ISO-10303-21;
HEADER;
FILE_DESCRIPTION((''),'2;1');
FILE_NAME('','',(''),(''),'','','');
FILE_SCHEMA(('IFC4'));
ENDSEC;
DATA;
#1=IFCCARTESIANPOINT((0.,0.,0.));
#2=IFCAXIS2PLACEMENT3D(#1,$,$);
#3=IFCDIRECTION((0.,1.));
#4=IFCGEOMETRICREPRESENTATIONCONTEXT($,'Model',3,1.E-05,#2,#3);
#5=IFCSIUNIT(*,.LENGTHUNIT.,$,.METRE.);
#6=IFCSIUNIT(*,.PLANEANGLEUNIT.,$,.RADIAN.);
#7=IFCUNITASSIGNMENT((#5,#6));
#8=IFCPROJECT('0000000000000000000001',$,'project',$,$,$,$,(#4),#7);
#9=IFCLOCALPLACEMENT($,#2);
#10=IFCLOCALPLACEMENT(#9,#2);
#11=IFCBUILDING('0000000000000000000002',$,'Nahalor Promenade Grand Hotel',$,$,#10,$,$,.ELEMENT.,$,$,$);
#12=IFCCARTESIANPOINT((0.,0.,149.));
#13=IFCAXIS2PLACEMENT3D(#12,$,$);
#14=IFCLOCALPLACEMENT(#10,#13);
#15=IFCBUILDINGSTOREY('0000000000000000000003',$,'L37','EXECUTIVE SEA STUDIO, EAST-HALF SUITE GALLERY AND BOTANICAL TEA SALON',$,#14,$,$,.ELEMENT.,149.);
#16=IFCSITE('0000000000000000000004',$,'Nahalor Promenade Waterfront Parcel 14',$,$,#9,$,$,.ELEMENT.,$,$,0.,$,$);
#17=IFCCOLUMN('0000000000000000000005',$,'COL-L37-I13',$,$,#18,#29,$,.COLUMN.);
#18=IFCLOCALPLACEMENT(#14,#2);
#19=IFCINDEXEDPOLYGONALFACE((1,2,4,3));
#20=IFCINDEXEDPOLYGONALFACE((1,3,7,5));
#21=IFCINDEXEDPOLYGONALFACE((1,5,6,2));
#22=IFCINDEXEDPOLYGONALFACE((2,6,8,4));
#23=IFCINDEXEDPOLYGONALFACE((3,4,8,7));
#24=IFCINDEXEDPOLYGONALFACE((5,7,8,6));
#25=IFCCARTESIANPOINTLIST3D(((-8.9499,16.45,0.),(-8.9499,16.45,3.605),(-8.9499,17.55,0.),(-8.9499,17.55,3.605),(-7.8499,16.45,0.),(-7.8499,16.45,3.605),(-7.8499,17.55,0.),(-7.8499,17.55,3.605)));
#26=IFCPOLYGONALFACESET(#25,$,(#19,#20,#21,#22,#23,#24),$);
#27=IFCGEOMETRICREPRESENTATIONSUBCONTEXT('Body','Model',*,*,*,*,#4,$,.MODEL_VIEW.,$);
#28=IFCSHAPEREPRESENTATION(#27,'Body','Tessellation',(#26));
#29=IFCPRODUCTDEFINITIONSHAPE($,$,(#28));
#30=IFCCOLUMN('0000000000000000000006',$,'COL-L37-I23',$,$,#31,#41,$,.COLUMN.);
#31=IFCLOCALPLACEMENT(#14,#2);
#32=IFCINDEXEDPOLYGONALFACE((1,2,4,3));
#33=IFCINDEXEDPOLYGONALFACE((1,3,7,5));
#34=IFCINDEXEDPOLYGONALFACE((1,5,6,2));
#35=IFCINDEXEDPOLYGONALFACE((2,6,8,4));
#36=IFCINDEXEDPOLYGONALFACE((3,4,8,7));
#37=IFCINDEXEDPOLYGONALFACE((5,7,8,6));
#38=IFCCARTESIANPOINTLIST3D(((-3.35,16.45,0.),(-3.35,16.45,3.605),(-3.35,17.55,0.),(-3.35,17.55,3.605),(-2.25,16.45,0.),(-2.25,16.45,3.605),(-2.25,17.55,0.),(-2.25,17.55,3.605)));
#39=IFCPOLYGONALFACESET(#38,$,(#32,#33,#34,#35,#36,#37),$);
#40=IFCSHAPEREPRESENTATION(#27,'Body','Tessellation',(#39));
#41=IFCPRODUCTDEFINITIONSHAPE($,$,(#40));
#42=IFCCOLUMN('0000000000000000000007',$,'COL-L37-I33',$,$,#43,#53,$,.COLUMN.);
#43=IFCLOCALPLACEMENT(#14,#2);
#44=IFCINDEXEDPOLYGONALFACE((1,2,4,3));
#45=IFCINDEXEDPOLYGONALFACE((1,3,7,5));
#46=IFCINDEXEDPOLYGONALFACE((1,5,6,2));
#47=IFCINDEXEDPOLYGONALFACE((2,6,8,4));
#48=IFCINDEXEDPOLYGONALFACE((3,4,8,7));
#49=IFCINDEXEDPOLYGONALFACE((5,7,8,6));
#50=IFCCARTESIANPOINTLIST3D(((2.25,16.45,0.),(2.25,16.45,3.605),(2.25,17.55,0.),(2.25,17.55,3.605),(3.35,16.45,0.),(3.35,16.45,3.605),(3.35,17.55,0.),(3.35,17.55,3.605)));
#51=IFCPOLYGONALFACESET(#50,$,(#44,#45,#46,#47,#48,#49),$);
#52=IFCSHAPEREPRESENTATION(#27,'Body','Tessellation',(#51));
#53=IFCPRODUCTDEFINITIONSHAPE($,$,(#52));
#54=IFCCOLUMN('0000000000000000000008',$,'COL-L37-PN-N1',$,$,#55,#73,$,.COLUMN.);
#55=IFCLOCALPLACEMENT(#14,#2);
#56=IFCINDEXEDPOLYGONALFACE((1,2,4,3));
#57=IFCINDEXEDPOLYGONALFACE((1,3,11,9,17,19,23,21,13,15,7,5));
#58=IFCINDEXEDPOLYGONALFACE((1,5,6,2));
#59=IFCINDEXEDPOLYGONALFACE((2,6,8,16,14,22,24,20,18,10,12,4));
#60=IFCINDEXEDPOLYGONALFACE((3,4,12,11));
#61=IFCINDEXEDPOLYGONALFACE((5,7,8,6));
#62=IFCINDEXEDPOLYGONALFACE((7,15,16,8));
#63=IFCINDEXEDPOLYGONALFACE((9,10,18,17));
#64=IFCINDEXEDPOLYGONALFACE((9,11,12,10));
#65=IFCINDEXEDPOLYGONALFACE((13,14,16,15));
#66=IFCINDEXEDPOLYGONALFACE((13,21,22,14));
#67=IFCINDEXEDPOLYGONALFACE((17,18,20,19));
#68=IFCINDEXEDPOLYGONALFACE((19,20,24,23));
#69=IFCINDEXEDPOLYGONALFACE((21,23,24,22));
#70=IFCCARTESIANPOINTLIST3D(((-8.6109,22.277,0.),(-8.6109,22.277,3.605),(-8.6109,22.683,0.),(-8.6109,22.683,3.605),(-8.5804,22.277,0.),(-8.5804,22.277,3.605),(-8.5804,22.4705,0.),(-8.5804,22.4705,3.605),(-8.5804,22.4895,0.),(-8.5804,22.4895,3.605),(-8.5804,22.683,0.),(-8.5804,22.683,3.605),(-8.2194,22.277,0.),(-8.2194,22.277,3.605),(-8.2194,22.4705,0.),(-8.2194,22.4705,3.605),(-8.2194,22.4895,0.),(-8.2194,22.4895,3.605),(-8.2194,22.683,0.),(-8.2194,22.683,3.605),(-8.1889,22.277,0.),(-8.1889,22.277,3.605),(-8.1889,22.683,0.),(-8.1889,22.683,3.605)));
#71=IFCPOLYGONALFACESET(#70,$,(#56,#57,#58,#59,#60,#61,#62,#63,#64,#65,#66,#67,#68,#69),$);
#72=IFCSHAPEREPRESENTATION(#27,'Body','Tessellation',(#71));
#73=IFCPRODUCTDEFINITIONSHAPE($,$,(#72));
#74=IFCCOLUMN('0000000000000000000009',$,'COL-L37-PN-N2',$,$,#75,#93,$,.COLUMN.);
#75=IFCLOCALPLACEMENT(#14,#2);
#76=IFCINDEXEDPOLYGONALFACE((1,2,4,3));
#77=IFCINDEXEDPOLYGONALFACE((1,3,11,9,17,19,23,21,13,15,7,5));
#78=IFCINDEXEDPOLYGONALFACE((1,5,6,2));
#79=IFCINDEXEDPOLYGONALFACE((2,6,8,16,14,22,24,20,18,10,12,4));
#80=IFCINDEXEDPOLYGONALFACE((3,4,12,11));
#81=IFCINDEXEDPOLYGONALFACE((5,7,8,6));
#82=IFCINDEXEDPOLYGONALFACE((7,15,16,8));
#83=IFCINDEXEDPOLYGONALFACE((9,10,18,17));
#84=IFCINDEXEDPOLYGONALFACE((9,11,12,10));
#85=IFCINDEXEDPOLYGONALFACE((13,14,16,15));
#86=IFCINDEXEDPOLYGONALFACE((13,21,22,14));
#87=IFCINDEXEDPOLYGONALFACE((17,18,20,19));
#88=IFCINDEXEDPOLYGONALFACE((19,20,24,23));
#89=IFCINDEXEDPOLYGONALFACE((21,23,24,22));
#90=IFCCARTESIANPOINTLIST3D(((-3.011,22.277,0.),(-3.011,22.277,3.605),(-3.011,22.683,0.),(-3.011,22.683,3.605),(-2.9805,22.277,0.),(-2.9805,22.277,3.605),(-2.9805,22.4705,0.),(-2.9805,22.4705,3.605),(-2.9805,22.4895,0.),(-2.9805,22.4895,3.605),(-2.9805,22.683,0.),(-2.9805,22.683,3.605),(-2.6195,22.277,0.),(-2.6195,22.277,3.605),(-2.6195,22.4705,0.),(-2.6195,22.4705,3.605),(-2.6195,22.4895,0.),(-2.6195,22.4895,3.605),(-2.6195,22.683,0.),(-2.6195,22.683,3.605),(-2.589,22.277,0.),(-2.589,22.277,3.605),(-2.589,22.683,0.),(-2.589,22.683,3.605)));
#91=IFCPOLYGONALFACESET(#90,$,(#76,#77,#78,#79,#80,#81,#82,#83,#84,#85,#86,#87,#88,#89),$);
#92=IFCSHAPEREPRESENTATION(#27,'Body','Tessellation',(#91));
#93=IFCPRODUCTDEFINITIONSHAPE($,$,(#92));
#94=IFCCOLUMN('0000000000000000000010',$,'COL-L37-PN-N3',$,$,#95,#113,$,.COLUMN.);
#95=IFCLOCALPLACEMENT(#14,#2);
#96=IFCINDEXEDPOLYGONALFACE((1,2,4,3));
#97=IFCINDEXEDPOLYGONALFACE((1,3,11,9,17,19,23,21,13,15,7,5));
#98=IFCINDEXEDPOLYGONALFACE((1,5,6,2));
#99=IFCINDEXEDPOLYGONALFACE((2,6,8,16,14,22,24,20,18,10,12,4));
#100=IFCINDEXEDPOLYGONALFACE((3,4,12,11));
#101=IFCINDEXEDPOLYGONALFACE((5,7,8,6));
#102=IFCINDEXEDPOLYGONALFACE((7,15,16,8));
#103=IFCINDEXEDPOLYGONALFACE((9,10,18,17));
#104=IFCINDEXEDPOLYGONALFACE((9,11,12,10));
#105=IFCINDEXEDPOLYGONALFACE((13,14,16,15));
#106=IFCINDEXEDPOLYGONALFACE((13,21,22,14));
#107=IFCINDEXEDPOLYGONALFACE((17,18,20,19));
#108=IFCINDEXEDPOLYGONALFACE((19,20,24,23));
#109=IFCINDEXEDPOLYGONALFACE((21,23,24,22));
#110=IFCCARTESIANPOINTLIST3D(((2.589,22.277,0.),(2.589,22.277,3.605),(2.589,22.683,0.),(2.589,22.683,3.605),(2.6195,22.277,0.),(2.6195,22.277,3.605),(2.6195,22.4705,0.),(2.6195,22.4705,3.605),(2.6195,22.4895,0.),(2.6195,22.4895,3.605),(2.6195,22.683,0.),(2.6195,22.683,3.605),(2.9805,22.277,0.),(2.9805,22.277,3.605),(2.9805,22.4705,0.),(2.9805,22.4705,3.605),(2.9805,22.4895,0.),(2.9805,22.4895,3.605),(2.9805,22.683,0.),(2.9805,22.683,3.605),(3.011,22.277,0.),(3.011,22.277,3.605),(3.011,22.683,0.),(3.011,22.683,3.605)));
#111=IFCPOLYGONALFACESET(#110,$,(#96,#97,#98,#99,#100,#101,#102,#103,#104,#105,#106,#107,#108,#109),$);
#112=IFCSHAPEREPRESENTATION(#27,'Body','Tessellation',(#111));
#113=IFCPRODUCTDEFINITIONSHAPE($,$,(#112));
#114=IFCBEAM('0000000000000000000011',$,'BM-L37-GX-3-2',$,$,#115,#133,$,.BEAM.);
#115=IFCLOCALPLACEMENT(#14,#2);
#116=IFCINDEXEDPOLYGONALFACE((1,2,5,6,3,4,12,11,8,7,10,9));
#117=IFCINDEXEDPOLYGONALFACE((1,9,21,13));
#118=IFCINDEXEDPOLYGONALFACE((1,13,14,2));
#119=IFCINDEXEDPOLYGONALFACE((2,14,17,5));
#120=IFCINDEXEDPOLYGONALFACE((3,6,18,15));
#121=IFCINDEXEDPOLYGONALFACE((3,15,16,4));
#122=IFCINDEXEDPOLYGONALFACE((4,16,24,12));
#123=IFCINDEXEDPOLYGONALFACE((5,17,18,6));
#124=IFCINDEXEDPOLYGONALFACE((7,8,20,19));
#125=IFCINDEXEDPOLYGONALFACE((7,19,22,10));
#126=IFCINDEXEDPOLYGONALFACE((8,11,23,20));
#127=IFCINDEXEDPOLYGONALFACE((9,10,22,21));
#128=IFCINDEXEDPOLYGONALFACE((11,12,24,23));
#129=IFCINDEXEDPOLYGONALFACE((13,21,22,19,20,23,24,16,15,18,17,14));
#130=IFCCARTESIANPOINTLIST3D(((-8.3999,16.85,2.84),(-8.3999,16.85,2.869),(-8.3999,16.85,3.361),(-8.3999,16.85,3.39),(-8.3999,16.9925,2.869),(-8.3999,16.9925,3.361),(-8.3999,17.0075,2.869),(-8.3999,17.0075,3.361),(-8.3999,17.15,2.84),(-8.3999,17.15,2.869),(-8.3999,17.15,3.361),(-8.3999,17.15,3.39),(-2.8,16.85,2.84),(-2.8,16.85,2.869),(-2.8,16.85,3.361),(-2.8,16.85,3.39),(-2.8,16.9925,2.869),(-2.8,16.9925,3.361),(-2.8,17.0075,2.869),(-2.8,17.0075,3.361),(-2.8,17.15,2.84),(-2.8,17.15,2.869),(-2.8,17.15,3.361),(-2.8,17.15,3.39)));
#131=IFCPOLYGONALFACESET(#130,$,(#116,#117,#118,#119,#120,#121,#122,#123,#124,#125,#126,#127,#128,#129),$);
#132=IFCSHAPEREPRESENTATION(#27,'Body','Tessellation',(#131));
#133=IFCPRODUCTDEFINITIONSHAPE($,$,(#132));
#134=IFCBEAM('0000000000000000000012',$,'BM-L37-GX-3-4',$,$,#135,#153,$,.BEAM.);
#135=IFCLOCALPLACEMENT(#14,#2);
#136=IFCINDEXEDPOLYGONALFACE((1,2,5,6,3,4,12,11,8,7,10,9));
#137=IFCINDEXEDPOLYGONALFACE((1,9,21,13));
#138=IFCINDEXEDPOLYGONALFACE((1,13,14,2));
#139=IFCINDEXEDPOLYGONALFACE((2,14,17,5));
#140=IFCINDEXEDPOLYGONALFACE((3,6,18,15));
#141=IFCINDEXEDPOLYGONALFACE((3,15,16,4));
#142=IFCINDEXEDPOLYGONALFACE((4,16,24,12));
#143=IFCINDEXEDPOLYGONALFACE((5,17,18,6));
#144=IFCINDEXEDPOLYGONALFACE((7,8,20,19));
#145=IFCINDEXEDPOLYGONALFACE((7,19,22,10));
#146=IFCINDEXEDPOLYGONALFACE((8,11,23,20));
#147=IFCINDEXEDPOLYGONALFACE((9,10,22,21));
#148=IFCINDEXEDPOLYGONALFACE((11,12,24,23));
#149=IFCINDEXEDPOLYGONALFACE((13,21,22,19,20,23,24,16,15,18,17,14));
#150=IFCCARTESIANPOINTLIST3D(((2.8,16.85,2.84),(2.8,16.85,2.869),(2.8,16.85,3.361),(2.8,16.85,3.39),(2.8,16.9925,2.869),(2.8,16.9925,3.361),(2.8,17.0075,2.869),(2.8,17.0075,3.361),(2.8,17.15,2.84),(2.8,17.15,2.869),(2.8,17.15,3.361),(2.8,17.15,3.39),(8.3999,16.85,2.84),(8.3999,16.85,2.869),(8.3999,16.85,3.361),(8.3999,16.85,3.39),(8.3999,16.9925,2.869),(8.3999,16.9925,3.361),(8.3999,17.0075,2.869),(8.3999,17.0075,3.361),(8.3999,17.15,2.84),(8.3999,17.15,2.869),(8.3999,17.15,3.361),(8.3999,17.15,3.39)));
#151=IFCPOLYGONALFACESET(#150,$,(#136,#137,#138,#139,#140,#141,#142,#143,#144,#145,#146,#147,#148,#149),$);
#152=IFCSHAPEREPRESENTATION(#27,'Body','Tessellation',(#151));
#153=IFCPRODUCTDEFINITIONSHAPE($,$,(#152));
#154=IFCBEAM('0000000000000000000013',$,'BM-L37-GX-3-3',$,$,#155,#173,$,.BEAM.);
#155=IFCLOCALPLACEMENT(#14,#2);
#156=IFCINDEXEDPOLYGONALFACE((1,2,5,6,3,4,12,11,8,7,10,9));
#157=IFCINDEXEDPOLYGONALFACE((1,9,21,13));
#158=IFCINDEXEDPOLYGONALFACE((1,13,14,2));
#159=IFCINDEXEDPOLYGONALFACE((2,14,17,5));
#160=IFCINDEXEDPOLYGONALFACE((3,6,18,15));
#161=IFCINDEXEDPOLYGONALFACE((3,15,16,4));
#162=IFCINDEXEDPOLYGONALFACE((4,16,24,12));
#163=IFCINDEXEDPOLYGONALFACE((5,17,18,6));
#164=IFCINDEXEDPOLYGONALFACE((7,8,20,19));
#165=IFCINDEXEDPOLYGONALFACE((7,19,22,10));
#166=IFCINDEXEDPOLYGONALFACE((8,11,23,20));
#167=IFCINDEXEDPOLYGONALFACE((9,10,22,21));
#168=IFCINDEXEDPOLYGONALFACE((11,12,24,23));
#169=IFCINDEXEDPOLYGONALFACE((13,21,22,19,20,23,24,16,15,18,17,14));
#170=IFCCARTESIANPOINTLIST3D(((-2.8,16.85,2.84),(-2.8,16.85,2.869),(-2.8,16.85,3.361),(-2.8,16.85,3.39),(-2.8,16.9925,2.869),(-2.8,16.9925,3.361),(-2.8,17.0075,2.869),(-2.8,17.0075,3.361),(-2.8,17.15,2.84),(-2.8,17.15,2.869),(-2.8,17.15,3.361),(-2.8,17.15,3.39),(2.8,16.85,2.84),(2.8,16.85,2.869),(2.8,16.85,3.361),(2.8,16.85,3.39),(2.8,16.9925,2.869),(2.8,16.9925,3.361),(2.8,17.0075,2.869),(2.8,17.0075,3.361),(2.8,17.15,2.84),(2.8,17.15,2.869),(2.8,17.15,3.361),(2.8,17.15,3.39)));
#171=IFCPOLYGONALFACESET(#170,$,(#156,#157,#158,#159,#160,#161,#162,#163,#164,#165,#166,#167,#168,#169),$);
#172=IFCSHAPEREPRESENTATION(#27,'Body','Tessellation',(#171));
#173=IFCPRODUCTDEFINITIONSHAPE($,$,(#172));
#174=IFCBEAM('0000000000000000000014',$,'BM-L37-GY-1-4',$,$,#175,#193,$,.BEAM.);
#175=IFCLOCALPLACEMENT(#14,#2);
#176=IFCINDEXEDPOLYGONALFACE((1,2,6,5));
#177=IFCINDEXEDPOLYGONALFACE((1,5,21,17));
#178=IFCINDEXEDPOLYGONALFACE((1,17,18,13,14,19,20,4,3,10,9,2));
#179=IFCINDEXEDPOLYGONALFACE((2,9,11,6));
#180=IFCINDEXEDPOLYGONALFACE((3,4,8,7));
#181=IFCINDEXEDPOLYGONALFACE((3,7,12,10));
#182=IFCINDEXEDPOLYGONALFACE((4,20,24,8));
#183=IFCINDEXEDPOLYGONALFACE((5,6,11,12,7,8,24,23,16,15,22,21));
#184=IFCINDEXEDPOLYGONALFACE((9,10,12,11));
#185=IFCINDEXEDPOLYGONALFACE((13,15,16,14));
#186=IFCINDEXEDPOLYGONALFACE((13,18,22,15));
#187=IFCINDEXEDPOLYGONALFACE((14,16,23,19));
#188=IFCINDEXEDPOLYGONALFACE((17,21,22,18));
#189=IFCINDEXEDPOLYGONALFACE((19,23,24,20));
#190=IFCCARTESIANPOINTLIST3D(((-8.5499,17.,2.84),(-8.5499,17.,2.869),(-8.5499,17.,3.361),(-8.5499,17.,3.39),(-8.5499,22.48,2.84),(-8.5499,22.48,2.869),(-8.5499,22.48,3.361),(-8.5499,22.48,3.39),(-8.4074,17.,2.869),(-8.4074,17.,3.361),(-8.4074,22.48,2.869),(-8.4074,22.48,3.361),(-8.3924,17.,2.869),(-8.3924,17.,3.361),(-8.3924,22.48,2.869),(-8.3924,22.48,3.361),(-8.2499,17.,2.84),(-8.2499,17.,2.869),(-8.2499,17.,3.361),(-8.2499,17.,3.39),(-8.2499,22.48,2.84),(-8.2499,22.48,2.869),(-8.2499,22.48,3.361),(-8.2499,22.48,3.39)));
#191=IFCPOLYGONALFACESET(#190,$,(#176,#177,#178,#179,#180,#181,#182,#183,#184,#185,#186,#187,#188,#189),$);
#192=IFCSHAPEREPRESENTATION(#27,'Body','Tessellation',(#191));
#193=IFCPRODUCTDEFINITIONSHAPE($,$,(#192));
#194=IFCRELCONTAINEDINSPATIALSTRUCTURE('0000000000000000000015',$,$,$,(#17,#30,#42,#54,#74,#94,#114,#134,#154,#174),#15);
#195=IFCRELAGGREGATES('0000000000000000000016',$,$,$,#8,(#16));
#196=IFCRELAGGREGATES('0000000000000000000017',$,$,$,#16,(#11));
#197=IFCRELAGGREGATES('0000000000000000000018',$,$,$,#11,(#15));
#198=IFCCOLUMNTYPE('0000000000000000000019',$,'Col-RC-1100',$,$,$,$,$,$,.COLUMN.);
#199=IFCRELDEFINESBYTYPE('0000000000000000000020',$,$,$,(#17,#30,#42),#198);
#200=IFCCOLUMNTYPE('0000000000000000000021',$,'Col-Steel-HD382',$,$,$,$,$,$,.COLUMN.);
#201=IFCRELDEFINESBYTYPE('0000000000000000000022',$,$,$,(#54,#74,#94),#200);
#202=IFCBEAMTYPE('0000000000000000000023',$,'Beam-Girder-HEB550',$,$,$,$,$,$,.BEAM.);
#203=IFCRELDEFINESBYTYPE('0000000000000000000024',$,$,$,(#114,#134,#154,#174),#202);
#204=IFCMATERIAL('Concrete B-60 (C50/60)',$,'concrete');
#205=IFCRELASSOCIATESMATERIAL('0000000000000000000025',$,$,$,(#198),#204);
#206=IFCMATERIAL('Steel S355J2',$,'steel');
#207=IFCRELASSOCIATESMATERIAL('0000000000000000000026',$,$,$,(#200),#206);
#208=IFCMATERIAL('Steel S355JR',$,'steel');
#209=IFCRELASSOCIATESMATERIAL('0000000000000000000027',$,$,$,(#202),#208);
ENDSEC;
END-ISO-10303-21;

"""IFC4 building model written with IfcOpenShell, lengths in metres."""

from ifc_helpers import new_model, si_unit, direction, frame, origin, origin_2d, place, context, subcontext, project, spatial, rectangle, i_section, extrude, source, transform, mapped, material, material_profile, profile_set, type_object, element, save


model = new_model("IFC4")

# Units and contexts
model_context = context("Model", 3, precision=1e-05, world=origin(), true_north=direction((0.0, 1.0)))
body_context = subcontext(model_context, "Body", "Model", "MODEL_VIEW")
ifc_project = project(units=[si_unit("LENGTHUNIT", "METRE"), si_unit("PLANEANGLEUNIT", "RADIAN")], contexts=[model_context])

# Site, building, storey
site_placement = place(None, origin())
site = spatial("IfcSite", under=ifc_project, at=site_placement, Name="Nahalor Promenade Waterfront Parcel 14", CompositionType="ELEMENT", RefElevation=0.0)
building_placement = place(site_placement, origin())
building = spatial("IfcBuilding", under=site, at=building_placement, Name="Nahalor Promenade Grand Hotel", CompositionType="ELEMENT")
storey_placement = place(building_placement, frame((0.0, 0.0, 149.0)))
storey = spatial("IfcBuildingStorey", under=building, at=storey_placement, Name="L37", Description="EXECUTIVE SEA STUDIO, EAST-HALF SUITE GALLERY AND BOTANICAL TEA SALON", CompositionType="ELEMENT", Elevation=149.0)

# Columns
ifc_material_1 = material(Name="Concrete B-60 (C50/60)", Category="concrete")
ifc_material_profile_1 = material_profile(ifc_material_1, rectangle(XDim=1.1, YDim=1.1, at=origin_2d()), Name="RC 1100x1100")
ifc_profile_set_1 = profile_set([ifc_material_profile_1], Name="Concrete B-60 (C50/60)")
column_type_1 = type_object("IfcColumnType", Name="Col-RC-1100", PredefinedType="COLUMN", material=ifc_profile_set_1)
shared_shape_1 = source(origin(), body_context, "Body", "SweptSolid", [
    extrude(rectangle(XDim=1.1, YDim=1.1, at=origin_2d()), origin(), (0.0, 0.0, 1.0), 3.605),
])
for number, where, z_axis, x_axis, name in (
    (1, (-8.3999, 17.0, 0.0), (0.0, 0.0, 1.0), (1.0, 0.0, 0.0), "COL-L37-I13"),
    (2, (-2.8, 17.0, 0.0), (0.0, 0.0, 1.0), (1.0, 0.0, 0.0), "COL-L37-I23"),
    (3, (2.8, 17.0, 0.0), (0.0, 0.0, 1.0), (1.0, 0.0, 0.0), "COL-L37-I33"),
):
    element("IfcColumn", number, at=place(storey_placement, frame(where, z_axis=z_axis, x_axis=x_axis)), inside=storey, type_object=column_type_1, Name=name, PredefinedType="COLUMN", context=body_context, shape_type="MappedRepresentation", body=[
        mapped(shared_shape_1, transform((0.0, 0.0, 0.0), scale=1.0)),
    ])
ifc_material_2 = material(Name="Steel S355J2", Category="steel")
ifc_material_profile_2 = material_profile(ifc_material_2, i_section(OverallWidth=0.406, OverallDepth=0.422, WebThickness=0.019, FlangeThickness=0.0305, at=origin_2d()), Name="HD 400x382")
ifc_profile_set_2 = profile_set([ifc_material_profile_2], Name="Steel S355J2")
column_type_2 = type_object("IfcColumnType", Name="Col-Steel-HD382", PredefinedType="COLUMN", material=ifc_profile_set_2)
shared_shape_2 = source(origin(), body_context, "Body", "SweptSolid", [
    extrude(i_section(OverallWidth=0.406, OverallDepth=0.422, WebThickness=0.019, FlangeThickness=0.0305, at=origin_2d()), origin(), (0.0, 0.0, 1.0), 3.605),
])
for number, where, z_axis, x_axis, name in (
    (4, (-8.3999, 22.48, 0.0), (0.0, 0.0, 1.0), (0.0, 1.0, 0.0), "COL-L37-PN-N1"),
    (5, (-2.8, 22.48, 0.0), (0.0, 0.0, 1.0), (0.0, 1.0, 0.0), "COL-L37-PN-N2"),
    (6, (2.8, 22.48, 0.0), (0.0, 0.0, 1.0), (0.0, 1.0, 0.0), "COL-L37-PN-N3"),
):
    element("IfcColumn", number, at=place(storey_placement, frame(where, z_axis=z_axis, x_axis=x_axis)), inside=storey, type_object=column_type_2, Name=name, PredefinedType="COLUMN", context=body_context, shape_type="MappedRepresentation", body=[
        mapped(shared_shape_2, transform((0.0, 0.0, 0.0), scale=1.0)),
    ])

# Beams
ifc_material_3 = material(Name="Steel S355JR", Category="steel")
ifc_material_profile_3 = material_profile(ifc_material_3, i_section(OverallWidth=0.3, OverallDepth=0.55, WebThickness=0.015, FlangeThickness=0.029, at=origin_2d()), Name="HEB 550")
ifc_profile_set_3 = profile_set([ifc_material_profile_3], Name="Steel S355JR")
beam_type_1 = type_object("IfcBeamType", Name="Beam-Girder-HEB550", PredefinedType="BEAM", material=ifc_profile_set_3)
shared_shape_3 = source(origin(), body_context, "Body", "SweptSolid", [
    extrude(i_section(OverallWidth=0.3, OverallDepth=0.55, WebThickness=0.015, FlangeThickness=0.029, at=origin_2d()), origin(), (0.0, 0.0, 1.0), 5.5999),
])
for number, where, z_axis, x_axis, name in (
    (7, (-8.3999, 17.0, 3.115), (1.0, 0.0, 0.0), (0.0, 1.0, 0.0), "BM-L37-GX-3-2"),
    (8, (2.8, 17.0, 3.115), (1.0, 0.0, 0.0), (0.0, 1.0, 0.0), "BM-L37-GX-3-4"),
):
    element("IfcBeam", number, at=place(storey_placement, frame(where, z_axis=z_axis, x_axis=x_axis)), inside=storey, type_object=beam_type_1, Name=name, PredefinedType="BEAM", context=body_context, shape_type="MappedRepresentation", body=[
        mapped(shared_shape_3, transform((0.0, 0.0, 0.0), scale=1.0)),
    ])
shared_shape_4 = source(origin(), body_context, "Body", "SweptSolid", [
    extrude(i_section(OverallWidth=0.3, OverallDepth=0.55, WebThickness=0.015, FlangeThickness=0.029, at=origin_2d()), origin(), (0.0, 0.0, 1.0), 5.6001),
])
beam_1_placement = place(storey_placement, frame((-2.8, 17.0, 3.115), z_axis=(1.0, 0.0, 0.0), x_axis=(0.0, 1.0, 0.0)))
element("IfcBeam", 9, at=beam_1_placement, inside=storey, type_object=beam_type_1, Name="BM-L37-GX-3-3", PredefinedType="BEAM", context=body_context, shape_type="MappedRepresentation", body=[
    mapped(shared_shape_4, transform((0.0, 0.0, 0.0), scale=1.0)),
])
shared_shape_5 = source(origin(), body_context, "Body", "SweptSolid", [
    extrude(i_section(OverallWidth=0.3, OverallDepth=0.55, WebThickness=0.015, FlangeThickness=0.029, at=origin_2d()), origin(), (0.0, 0.0, 1.0), 5.48),
])
for number, where, z_axis, x_axis, name in (
    (10, (-8.3999, 17.0, 3.115), (0.0, 1.0, 0.0), (-1.0, 0.0, 0.0), "BM-L37-GY-1-4"),
):
    element("IfcBeam", number, at=place(storey_placement, frame(where, z_axis=z_axis, x_axis=x_axis)), inside=storey, type_object=beam_type_1, Name=name, PredefinedType="BEAM", context=body_context, shape_type="MappedRepresentation", body=[
        mapped(shared_shape_5, transform((0.0, 0.0, 0.0), scale=1.0)),
    ])

save(model, "model.ifc")
